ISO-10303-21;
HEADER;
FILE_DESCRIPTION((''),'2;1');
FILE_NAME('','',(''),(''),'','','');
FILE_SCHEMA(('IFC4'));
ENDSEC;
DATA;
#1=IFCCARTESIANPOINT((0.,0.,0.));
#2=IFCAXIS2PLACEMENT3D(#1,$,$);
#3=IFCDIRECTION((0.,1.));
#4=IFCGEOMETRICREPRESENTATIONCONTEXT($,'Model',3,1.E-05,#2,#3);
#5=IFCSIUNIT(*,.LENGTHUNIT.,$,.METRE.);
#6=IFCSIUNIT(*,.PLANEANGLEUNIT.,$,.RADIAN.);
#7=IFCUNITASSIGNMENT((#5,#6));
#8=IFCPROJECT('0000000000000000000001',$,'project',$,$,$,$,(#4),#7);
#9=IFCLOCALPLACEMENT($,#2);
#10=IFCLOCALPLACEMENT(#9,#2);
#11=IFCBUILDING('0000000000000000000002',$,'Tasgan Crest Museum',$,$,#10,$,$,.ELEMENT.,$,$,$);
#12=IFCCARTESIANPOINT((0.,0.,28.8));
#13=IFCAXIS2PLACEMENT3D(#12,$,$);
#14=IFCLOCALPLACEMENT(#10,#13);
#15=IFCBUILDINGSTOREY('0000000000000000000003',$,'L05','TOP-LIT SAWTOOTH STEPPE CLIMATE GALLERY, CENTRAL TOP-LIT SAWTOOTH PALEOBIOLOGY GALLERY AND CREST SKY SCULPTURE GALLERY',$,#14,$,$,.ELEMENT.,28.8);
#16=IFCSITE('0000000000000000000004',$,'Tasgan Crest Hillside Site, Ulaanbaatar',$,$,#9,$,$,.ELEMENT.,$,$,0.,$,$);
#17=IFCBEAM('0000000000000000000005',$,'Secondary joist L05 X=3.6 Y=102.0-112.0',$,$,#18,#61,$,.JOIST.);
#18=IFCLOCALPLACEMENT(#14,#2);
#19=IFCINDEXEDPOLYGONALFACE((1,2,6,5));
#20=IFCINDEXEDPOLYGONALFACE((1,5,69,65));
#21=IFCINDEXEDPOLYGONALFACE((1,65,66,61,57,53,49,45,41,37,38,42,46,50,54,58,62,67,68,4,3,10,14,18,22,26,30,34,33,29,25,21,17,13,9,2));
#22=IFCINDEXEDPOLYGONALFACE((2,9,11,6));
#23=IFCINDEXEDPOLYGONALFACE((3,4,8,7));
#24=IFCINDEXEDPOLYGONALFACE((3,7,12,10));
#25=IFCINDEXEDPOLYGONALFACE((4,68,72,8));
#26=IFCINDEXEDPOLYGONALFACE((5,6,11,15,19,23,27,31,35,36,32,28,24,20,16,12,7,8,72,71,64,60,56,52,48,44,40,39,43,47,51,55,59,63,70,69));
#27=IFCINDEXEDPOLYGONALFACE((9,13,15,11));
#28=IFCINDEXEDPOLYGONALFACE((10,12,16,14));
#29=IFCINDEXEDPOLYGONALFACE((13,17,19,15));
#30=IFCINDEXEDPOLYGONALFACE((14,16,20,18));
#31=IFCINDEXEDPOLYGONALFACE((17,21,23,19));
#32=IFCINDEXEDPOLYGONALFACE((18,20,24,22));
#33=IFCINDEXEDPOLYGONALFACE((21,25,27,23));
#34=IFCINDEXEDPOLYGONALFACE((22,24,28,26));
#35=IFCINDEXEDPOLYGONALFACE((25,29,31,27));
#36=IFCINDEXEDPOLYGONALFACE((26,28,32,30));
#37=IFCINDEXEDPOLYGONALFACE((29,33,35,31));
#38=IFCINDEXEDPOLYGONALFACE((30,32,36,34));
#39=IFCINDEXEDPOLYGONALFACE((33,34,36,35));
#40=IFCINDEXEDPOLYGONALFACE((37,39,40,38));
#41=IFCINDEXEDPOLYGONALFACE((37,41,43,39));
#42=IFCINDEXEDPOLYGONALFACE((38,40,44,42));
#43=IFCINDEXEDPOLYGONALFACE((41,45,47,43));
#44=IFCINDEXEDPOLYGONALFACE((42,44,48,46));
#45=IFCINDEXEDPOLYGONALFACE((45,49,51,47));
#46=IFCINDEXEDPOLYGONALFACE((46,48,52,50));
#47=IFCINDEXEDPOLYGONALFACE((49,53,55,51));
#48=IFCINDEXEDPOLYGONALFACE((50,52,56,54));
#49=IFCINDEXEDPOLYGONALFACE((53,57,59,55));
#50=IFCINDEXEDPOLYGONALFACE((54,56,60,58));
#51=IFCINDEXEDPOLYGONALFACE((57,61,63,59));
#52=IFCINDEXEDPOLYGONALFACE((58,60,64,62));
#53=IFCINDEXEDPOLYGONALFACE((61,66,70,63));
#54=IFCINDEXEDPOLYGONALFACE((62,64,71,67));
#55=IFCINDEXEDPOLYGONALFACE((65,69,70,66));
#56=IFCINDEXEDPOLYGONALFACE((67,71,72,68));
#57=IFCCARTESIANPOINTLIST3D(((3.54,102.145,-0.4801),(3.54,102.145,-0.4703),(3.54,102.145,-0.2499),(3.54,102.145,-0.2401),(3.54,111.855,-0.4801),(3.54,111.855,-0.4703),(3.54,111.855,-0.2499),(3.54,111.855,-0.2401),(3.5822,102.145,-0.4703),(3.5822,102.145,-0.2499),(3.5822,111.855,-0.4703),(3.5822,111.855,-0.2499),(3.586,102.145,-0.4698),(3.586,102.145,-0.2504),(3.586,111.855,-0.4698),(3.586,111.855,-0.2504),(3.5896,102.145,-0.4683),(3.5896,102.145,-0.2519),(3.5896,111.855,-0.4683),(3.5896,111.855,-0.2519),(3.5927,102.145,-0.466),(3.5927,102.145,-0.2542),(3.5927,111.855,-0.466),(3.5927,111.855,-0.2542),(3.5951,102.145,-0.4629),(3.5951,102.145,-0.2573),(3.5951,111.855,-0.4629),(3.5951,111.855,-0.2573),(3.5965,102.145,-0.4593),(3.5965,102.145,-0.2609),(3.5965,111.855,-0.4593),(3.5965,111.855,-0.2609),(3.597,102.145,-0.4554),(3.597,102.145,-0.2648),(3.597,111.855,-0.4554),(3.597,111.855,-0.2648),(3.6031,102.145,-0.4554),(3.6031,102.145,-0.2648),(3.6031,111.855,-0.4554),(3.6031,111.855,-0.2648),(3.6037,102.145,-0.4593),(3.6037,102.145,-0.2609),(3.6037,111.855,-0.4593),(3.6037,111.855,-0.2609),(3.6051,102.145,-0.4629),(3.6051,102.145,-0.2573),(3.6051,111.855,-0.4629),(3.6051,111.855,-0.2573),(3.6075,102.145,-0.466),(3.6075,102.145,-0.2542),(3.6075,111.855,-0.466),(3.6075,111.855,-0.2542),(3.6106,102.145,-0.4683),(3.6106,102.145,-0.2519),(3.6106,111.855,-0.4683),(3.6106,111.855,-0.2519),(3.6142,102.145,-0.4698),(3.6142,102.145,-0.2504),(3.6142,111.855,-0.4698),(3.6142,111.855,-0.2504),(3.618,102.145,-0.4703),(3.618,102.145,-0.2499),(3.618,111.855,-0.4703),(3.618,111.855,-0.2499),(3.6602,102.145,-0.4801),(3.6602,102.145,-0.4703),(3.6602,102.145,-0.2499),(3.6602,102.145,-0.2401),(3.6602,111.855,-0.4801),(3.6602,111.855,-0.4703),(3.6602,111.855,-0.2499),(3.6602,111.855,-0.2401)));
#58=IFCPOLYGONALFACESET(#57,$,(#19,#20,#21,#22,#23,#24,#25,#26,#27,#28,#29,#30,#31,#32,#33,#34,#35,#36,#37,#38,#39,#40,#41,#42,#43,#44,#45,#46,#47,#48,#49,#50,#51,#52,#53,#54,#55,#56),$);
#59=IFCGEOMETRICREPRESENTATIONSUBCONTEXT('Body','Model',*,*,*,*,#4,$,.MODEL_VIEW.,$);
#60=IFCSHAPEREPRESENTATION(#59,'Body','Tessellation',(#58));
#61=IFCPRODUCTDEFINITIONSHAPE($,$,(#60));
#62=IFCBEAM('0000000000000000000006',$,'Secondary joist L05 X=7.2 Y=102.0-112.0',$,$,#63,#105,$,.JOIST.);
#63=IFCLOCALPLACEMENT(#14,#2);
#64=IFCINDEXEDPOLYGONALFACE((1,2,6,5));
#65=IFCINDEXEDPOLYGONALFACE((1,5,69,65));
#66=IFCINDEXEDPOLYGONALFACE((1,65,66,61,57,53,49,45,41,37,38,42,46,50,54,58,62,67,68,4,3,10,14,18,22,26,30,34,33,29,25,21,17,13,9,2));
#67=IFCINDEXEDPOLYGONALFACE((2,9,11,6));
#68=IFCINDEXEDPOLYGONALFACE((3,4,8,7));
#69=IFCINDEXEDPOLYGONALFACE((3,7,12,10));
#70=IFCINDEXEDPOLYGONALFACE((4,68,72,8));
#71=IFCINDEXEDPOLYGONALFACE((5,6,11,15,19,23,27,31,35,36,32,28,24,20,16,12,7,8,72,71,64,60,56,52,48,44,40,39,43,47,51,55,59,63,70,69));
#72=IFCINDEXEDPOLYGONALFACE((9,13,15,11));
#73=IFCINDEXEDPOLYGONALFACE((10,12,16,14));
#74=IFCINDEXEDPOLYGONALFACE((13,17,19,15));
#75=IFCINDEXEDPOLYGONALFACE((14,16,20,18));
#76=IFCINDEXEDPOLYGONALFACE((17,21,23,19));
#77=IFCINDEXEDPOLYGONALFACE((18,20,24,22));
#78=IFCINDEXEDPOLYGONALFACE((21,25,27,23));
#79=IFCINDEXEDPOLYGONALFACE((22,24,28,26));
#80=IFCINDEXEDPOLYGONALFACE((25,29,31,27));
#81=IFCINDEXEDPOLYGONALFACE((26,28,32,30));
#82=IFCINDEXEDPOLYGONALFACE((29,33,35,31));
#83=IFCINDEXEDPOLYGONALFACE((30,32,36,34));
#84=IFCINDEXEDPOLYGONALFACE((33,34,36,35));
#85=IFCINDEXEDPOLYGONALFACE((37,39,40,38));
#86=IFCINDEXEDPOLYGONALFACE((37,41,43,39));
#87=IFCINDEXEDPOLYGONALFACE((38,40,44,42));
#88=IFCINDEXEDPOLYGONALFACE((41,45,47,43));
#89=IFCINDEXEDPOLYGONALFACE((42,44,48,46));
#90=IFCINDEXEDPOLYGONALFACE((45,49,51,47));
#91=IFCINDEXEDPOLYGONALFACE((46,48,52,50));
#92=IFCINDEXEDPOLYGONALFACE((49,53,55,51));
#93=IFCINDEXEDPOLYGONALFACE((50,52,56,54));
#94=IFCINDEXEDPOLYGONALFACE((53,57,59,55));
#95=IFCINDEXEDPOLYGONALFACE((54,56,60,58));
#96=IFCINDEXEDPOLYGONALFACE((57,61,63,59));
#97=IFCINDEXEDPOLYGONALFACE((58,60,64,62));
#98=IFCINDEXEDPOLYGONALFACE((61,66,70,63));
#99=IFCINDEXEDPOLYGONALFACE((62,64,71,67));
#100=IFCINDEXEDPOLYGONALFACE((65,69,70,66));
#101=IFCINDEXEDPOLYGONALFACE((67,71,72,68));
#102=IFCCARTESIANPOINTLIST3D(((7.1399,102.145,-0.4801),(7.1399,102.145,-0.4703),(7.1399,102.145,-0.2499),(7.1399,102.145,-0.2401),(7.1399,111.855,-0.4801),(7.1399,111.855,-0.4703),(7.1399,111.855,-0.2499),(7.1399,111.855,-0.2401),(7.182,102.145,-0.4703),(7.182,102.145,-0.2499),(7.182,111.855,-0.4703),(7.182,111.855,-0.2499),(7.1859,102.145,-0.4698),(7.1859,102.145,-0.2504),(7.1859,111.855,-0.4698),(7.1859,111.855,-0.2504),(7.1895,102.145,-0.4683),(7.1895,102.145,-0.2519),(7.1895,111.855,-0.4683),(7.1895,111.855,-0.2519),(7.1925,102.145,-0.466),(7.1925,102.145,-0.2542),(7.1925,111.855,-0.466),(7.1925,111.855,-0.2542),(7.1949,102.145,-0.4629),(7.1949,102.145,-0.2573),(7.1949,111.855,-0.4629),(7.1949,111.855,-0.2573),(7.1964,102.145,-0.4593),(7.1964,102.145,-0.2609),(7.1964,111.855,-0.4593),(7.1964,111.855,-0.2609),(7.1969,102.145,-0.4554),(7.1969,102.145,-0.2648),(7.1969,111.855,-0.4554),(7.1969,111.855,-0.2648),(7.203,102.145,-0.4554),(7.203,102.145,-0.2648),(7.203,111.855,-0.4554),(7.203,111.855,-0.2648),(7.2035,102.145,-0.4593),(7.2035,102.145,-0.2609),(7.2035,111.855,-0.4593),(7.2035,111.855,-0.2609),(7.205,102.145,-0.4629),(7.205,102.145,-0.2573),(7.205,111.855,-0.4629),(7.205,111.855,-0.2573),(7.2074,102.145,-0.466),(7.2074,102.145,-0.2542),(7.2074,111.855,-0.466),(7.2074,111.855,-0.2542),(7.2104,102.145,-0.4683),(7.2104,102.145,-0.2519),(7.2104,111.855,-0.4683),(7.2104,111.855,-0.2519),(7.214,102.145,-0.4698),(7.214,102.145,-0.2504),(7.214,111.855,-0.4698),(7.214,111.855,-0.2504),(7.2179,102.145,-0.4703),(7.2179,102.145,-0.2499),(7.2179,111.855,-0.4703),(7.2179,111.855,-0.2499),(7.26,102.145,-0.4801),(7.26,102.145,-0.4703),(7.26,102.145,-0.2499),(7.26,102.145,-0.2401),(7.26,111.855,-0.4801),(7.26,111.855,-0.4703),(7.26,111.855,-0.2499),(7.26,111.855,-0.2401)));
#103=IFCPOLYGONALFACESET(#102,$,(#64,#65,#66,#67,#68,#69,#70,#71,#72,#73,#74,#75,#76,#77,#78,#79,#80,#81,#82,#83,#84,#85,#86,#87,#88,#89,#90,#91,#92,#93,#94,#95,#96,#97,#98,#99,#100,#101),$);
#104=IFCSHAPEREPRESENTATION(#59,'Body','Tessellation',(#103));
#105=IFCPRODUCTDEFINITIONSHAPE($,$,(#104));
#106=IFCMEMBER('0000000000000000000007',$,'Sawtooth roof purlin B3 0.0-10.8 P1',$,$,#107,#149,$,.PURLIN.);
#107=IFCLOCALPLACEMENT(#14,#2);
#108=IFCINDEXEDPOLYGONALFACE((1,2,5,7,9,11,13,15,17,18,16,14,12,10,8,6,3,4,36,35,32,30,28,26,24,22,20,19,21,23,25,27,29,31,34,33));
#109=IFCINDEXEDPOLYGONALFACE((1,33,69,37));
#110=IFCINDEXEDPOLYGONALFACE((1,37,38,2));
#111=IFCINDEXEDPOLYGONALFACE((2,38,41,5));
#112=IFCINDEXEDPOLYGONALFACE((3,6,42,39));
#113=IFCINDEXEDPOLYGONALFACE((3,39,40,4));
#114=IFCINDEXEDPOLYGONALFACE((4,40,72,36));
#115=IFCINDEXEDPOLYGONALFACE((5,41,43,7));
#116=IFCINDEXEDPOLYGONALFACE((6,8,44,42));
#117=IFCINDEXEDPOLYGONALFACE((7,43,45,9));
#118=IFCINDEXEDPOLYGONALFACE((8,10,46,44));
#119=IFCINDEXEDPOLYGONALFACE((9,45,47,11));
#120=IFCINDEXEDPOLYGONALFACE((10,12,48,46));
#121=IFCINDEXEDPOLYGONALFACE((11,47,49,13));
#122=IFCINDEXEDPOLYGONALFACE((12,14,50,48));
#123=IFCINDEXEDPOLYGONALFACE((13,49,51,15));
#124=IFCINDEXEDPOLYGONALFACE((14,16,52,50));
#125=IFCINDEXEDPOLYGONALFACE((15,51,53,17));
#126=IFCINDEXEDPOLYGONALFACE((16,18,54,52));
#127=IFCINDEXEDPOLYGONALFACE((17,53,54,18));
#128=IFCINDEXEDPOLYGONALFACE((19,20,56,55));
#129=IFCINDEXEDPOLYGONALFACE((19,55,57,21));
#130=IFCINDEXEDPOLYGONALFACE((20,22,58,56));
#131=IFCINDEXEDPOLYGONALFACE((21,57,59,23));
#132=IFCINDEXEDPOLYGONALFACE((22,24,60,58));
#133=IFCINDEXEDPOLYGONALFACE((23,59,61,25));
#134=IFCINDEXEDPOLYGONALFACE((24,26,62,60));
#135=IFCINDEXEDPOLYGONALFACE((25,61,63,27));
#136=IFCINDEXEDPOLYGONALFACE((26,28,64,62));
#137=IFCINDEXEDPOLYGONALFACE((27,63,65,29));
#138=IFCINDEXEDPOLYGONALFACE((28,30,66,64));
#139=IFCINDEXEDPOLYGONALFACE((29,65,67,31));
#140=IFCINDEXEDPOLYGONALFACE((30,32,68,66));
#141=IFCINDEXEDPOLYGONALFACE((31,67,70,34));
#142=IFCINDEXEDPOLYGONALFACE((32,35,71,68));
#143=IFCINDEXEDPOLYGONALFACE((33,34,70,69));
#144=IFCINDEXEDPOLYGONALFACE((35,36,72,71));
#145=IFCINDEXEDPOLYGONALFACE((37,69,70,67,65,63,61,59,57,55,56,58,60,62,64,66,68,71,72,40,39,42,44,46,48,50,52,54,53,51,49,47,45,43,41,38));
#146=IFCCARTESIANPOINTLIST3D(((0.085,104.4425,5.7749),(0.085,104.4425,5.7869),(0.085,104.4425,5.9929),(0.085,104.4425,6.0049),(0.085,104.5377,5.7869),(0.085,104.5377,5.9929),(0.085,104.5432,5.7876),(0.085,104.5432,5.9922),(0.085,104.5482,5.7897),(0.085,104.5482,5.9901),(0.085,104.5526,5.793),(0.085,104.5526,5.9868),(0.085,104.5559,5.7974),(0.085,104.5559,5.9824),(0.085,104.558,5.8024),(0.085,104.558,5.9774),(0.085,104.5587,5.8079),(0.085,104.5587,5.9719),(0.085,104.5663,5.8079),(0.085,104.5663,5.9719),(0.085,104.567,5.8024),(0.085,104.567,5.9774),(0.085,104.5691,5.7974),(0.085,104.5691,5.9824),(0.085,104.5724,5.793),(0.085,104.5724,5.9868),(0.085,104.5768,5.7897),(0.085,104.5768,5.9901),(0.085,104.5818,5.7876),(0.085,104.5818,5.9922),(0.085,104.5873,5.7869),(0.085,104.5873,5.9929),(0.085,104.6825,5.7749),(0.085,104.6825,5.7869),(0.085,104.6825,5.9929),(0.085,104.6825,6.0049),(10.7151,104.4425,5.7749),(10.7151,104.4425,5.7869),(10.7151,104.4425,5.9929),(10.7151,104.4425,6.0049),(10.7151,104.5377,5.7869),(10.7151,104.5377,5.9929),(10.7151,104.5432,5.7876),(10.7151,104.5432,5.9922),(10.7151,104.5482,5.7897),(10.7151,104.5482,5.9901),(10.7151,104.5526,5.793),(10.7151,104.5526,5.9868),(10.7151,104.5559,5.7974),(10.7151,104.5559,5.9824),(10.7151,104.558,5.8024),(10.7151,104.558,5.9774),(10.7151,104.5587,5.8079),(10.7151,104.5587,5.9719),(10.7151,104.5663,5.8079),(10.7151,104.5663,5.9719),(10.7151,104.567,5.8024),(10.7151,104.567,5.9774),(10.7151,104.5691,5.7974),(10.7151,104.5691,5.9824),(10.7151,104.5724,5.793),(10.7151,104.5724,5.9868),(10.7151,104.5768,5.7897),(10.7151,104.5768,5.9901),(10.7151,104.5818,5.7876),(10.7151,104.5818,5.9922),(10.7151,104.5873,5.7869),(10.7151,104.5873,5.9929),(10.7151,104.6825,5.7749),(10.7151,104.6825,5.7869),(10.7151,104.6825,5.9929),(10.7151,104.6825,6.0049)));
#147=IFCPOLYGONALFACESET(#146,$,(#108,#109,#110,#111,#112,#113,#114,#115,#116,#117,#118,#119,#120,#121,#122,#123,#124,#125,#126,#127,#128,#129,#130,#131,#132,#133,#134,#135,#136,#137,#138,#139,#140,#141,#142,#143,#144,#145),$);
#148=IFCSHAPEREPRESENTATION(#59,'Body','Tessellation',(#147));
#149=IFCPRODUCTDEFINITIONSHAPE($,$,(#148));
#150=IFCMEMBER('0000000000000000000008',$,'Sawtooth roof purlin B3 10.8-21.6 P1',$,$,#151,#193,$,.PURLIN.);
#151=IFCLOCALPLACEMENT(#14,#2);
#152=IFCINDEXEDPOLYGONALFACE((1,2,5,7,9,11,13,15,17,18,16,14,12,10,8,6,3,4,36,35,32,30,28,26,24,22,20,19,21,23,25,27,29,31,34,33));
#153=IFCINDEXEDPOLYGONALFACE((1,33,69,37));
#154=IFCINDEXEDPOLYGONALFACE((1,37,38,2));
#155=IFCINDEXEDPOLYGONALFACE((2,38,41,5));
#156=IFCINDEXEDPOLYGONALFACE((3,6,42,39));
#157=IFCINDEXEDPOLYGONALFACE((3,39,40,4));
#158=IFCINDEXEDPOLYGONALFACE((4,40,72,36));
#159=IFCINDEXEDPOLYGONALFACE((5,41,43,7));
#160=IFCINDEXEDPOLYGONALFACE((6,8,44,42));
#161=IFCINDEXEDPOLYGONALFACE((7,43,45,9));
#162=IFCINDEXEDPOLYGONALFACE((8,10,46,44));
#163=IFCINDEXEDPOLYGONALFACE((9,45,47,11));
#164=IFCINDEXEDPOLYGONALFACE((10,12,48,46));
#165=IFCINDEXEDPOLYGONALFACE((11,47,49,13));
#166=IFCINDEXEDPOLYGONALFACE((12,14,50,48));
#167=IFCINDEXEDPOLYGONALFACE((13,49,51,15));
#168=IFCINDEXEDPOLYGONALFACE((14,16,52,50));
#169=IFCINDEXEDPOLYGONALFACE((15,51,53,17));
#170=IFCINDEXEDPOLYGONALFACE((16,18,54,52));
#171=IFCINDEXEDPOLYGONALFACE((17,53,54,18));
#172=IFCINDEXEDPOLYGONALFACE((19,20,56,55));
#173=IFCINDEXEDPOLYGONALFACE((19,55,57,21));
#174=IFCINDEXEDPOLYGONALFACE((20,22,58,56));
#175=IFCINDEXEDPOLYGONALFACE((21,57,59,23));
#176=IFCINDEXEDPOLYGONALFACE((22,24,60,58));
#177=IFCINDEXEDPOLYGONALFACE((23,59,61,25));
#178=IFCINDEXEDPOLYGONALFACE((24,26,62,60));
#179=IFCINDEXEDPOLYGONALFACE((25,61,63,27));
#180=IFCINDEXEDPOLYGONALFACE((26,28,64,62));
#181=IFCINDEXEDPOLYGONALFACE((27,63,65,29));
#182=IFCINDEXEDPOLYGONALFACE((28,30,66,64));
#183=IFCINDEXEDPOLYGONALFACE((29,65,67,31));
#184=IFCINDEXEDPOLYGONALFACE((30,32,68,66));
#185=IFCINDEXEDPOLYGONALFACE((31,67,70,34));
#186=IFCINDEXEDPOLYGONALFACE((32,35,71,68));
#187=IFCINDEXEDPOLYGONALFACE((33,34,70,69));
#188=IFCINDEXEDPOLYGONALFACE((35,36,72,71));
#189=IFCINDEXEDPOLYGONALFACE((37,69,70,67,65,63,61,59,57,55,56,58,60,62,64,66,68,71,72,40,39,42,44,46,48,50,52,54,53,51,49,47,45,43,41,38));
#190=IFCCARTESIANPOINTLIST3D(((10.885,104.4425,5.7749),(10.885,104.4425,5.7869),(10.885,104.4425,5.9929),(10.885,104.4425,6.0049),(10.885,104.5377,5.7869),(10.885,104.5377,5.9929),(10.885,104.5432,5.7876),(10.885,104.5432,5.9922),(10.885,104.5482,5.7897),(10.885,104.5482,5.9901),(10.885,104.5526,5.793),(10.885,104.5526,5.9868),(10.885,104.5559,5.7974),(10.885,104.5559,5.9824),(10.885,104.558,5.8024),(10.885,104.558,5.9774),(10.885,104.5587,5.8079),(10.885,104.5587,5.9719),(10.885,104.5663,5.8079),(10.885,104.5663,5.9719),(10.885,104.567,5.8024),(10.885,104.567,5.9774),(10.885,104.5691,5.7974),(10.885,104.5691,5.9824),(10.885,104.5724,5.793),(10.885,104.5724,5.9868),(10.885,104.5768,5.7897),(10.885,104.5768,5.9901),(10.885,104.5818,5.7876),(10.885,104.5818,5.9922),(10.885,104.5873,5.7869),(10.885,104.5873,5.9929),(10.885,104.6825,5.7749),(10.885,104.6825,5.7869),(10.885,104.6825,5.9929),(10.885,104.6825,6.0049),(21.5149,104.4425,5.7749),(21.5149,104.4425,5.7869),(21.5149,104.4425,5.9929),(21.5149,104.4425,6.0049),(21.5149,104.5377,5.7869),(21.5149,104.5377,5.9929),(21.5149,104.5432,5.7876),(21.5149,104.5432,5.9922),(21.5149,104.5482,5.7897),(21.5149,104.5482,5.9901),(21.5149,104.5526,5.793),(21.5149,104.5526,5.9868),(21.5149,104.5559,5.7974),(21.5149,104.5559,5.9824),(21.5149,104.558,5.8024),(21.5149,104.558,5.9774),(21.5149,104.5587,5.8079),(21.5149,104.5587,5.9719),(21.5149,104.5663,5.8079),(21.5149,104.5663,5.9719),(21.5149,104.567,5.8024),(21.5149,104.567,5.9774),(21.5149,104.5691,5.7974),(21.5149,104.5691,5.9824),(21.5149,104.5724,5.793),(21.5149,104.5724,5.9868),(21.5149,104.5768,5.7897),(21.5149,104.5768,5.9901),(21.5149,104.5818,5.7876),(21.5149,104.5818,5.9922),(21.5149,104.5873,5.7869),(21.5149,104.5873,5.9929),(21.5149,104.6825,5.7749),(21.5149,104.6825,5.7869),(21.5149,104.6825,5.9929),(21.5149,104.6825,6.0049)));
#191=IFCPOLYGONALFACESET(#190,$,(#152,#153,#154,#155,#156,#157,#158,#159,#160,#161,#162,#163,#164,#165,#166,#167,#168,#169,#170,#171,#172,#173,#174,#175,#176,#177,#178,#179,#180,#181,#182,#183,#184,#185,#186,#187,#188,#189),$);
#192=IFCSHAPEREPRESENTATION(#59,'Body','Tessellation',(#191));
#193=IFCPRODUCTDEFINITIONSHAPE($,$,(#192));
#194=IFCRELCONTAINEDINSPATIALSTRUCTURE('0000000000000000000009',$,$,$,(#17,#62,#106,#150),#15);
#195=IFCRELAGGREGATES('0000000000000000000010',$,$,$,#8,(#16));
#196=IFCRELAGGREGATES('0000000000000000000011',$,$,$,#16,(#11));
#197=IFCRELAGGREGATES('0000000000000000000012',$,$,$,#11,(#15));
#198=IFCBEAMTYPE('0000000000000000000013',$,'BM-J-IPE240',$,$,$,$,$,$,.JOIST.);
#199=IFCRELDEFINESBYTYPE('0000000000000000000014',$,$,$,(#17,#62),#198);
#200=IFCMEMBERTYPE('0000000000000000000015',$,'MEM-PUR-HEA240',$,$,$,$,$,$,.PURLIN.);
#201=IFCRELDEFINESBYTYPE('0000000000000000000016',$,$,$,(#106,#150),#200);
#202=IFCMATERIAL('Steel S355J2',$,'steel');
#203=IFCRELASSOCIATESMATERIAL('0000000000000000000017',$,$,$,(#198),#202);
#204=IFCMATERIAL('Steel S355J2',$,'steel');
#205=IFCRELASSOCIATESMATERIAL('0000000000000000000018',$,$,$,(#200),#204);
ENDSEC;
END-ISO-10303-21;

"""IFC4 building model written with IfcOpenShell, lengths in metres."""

from ifc_helpers import new_model, si_unit, direction, frame, origin, origin_2d, place, context, subcontext, project, spatial, i_section, extrude, material, material_profile, profile_set, type_object, element, save


model = new_model("IFC4")

# Units and contexts
model_context = context("Model", 3, precision=1e-05, world=origin(), true_north=direction((0.0, 1.0)))
body_context = subcontext(model_context, "Body", "Model", "MODEL_VIEW")
ifc_project = project(units=[si_unit("LENGTHUNIT", "METRE"), si_unit("PLANEANGLEUNIT", "RADIAN")], contexts=[model_context])

# Site, building, storey
site_placement = place(None, origin())
site = spatial("IfcSite", under=ifc_project, at=site_placement, Name="Tasgan Crest Hillside Site, Ulaanbaatar", CompositionType="ELEMENT", RefElevation=0.0)
building_placement = place(site_placement, origin())
building = spatial("IfcBuilding", under=site, at=building_placement, Name="Tasgan Crest Museum", CompositionType="ELEMENT")
storey_placement = place(building_placement, frame((0.0, 0.0, 28.8)))
storey = spatial("IfcBuildingStorey", under=building, at=storey_placement, Name="L05", Description="TOP-LIT SAWTOOTH STEPPE CLIMATE GALLERY, CENTRAL TOP-LIT SAWTOOTH PALEOBIOLOGY GALLERY AND CREST SKY SCULPTURE GALLERY", CompositionType="ELEMENT", Elevation=28.8)

# Beams
ifc_material_1 = material(Name="Steel S355J2", Category="steel")
ifc_material_profile_1 = material_profile(ifc_material_1, i_section(OverallWidth=0.1201, OverallDepth=0.24, WebThickness=0.0061, FlangeThickness=0.0098, FilletRadius=0.0149, at=origin_2d()), Name="IPE 240")
ifc_profile_set_1 = profile_set([ifc_material_profile_1], Name="Steel S355J2")
beam_type_1 = type_object("IfcBeamType", Name="BM-J-IPE240", PredefinedType="JOIST", material=ifc_profile_set_1)
for number, where, z_axis, x_axis, name in (
    (1, (3.6001, 102.145, -0.3601), (0.0, 1.0, 0.0), (-1.0, 0.0, 0.0), "Secondary joist L05 X=3.6 Y=102.0-112.0"),
    (2, (7.2, 102.145, -0.3601), (0.0, 1.0, 0.0), (-1.0, 0.0, 0.0), "Secondary joist L05 X=7.2 Y=102.0-112.0"),
):
    element("IfcBeam", number, at=place(storey_placement, frame(where, z_axis=z_axis, x_axis=x_axis)), inside=storey, type_object=beam_type_1, Name=name, PredefinedType="JOIST", context=body_context, shape_type="SweptSolid", body=[
        extrude(i_section(OverallWidth=0.1201, OverallDepth=0.24, WebThickness=0.0061, FlangeThickness=0.0098, FilletRadius=0.0149, at=origin_2d()), origin(), (0.0, 0.0, 1.0), 9.71),
    ])

# Members
ifc_material_2 = material(Name="Steel S355J2", Category="steel")
ifc_material_profile_2 = material_profile(ifc_material_2, i_section(OverallWidth=0.24, OverallDepth=0.23, WebThickness=0.0076, FlangeThickness=0.012, FilletRadius=0.021, at=origin_2d()), Name="HEA 240")
ifc_profile_set_2 = profile_set([ifc_material_profile_2], Name="Steel S355J2")
member_type_1 = type_object("IfcMemberType", Name="MEM-PUR-HEA240", PredefinedType="PURLIN", material=ifc_profile_set_2)
member_1_placement = place(storey_placement, frame((0.085, 104.5625, 5.8899), z_axis=(1.0, 0.0, 0.0), x_axis=(0.0, 1.0, 0.0)))
element("IfcMember", 3, at=member_1_placement, inside=storey, type_object=member_type_1, Name="Sawtooth roof purlin B3 0.0-10.8 P1", PredefinedType="PURLIN", context=body_context, shape_type="SweptSolid", body=[
    extrude(i_section(OverallWidth=0.24, OverallDepth=0.23, WebThickness=0.0076, FlangeThickness=0.012, FilletRadius=0.021, at=origin_2d()), origin(), (0.0, 0.0, 1.0), 10.6301),
])
member_2_placement = place(storey_placement, frame((10.885, 104.5625, 5.8899), z_axis=(1.0, 0.0, 0.0), x_axis=(0.0, 1.0, 0.0)))
element("IfcMember", 4, at=member_2_placement, inside=storey, type_object=member_type_1, Name="Sawtooth roof purlin B3 10.8-21.6 P1", PredefinedType="PURLIN", context=body_context, shape_type="SweptSolid", body=[
    extrude(i_section(OverallWidth=0.24, OverallDepth=0.23, WebThickness=0.0076, FlangeThickness=0.012, FilletRadius=0.021, at=origin_2d()), origin(), (0.0, 0.0, 1.0), 10.6299),
])

save(model, "model.ifc")
